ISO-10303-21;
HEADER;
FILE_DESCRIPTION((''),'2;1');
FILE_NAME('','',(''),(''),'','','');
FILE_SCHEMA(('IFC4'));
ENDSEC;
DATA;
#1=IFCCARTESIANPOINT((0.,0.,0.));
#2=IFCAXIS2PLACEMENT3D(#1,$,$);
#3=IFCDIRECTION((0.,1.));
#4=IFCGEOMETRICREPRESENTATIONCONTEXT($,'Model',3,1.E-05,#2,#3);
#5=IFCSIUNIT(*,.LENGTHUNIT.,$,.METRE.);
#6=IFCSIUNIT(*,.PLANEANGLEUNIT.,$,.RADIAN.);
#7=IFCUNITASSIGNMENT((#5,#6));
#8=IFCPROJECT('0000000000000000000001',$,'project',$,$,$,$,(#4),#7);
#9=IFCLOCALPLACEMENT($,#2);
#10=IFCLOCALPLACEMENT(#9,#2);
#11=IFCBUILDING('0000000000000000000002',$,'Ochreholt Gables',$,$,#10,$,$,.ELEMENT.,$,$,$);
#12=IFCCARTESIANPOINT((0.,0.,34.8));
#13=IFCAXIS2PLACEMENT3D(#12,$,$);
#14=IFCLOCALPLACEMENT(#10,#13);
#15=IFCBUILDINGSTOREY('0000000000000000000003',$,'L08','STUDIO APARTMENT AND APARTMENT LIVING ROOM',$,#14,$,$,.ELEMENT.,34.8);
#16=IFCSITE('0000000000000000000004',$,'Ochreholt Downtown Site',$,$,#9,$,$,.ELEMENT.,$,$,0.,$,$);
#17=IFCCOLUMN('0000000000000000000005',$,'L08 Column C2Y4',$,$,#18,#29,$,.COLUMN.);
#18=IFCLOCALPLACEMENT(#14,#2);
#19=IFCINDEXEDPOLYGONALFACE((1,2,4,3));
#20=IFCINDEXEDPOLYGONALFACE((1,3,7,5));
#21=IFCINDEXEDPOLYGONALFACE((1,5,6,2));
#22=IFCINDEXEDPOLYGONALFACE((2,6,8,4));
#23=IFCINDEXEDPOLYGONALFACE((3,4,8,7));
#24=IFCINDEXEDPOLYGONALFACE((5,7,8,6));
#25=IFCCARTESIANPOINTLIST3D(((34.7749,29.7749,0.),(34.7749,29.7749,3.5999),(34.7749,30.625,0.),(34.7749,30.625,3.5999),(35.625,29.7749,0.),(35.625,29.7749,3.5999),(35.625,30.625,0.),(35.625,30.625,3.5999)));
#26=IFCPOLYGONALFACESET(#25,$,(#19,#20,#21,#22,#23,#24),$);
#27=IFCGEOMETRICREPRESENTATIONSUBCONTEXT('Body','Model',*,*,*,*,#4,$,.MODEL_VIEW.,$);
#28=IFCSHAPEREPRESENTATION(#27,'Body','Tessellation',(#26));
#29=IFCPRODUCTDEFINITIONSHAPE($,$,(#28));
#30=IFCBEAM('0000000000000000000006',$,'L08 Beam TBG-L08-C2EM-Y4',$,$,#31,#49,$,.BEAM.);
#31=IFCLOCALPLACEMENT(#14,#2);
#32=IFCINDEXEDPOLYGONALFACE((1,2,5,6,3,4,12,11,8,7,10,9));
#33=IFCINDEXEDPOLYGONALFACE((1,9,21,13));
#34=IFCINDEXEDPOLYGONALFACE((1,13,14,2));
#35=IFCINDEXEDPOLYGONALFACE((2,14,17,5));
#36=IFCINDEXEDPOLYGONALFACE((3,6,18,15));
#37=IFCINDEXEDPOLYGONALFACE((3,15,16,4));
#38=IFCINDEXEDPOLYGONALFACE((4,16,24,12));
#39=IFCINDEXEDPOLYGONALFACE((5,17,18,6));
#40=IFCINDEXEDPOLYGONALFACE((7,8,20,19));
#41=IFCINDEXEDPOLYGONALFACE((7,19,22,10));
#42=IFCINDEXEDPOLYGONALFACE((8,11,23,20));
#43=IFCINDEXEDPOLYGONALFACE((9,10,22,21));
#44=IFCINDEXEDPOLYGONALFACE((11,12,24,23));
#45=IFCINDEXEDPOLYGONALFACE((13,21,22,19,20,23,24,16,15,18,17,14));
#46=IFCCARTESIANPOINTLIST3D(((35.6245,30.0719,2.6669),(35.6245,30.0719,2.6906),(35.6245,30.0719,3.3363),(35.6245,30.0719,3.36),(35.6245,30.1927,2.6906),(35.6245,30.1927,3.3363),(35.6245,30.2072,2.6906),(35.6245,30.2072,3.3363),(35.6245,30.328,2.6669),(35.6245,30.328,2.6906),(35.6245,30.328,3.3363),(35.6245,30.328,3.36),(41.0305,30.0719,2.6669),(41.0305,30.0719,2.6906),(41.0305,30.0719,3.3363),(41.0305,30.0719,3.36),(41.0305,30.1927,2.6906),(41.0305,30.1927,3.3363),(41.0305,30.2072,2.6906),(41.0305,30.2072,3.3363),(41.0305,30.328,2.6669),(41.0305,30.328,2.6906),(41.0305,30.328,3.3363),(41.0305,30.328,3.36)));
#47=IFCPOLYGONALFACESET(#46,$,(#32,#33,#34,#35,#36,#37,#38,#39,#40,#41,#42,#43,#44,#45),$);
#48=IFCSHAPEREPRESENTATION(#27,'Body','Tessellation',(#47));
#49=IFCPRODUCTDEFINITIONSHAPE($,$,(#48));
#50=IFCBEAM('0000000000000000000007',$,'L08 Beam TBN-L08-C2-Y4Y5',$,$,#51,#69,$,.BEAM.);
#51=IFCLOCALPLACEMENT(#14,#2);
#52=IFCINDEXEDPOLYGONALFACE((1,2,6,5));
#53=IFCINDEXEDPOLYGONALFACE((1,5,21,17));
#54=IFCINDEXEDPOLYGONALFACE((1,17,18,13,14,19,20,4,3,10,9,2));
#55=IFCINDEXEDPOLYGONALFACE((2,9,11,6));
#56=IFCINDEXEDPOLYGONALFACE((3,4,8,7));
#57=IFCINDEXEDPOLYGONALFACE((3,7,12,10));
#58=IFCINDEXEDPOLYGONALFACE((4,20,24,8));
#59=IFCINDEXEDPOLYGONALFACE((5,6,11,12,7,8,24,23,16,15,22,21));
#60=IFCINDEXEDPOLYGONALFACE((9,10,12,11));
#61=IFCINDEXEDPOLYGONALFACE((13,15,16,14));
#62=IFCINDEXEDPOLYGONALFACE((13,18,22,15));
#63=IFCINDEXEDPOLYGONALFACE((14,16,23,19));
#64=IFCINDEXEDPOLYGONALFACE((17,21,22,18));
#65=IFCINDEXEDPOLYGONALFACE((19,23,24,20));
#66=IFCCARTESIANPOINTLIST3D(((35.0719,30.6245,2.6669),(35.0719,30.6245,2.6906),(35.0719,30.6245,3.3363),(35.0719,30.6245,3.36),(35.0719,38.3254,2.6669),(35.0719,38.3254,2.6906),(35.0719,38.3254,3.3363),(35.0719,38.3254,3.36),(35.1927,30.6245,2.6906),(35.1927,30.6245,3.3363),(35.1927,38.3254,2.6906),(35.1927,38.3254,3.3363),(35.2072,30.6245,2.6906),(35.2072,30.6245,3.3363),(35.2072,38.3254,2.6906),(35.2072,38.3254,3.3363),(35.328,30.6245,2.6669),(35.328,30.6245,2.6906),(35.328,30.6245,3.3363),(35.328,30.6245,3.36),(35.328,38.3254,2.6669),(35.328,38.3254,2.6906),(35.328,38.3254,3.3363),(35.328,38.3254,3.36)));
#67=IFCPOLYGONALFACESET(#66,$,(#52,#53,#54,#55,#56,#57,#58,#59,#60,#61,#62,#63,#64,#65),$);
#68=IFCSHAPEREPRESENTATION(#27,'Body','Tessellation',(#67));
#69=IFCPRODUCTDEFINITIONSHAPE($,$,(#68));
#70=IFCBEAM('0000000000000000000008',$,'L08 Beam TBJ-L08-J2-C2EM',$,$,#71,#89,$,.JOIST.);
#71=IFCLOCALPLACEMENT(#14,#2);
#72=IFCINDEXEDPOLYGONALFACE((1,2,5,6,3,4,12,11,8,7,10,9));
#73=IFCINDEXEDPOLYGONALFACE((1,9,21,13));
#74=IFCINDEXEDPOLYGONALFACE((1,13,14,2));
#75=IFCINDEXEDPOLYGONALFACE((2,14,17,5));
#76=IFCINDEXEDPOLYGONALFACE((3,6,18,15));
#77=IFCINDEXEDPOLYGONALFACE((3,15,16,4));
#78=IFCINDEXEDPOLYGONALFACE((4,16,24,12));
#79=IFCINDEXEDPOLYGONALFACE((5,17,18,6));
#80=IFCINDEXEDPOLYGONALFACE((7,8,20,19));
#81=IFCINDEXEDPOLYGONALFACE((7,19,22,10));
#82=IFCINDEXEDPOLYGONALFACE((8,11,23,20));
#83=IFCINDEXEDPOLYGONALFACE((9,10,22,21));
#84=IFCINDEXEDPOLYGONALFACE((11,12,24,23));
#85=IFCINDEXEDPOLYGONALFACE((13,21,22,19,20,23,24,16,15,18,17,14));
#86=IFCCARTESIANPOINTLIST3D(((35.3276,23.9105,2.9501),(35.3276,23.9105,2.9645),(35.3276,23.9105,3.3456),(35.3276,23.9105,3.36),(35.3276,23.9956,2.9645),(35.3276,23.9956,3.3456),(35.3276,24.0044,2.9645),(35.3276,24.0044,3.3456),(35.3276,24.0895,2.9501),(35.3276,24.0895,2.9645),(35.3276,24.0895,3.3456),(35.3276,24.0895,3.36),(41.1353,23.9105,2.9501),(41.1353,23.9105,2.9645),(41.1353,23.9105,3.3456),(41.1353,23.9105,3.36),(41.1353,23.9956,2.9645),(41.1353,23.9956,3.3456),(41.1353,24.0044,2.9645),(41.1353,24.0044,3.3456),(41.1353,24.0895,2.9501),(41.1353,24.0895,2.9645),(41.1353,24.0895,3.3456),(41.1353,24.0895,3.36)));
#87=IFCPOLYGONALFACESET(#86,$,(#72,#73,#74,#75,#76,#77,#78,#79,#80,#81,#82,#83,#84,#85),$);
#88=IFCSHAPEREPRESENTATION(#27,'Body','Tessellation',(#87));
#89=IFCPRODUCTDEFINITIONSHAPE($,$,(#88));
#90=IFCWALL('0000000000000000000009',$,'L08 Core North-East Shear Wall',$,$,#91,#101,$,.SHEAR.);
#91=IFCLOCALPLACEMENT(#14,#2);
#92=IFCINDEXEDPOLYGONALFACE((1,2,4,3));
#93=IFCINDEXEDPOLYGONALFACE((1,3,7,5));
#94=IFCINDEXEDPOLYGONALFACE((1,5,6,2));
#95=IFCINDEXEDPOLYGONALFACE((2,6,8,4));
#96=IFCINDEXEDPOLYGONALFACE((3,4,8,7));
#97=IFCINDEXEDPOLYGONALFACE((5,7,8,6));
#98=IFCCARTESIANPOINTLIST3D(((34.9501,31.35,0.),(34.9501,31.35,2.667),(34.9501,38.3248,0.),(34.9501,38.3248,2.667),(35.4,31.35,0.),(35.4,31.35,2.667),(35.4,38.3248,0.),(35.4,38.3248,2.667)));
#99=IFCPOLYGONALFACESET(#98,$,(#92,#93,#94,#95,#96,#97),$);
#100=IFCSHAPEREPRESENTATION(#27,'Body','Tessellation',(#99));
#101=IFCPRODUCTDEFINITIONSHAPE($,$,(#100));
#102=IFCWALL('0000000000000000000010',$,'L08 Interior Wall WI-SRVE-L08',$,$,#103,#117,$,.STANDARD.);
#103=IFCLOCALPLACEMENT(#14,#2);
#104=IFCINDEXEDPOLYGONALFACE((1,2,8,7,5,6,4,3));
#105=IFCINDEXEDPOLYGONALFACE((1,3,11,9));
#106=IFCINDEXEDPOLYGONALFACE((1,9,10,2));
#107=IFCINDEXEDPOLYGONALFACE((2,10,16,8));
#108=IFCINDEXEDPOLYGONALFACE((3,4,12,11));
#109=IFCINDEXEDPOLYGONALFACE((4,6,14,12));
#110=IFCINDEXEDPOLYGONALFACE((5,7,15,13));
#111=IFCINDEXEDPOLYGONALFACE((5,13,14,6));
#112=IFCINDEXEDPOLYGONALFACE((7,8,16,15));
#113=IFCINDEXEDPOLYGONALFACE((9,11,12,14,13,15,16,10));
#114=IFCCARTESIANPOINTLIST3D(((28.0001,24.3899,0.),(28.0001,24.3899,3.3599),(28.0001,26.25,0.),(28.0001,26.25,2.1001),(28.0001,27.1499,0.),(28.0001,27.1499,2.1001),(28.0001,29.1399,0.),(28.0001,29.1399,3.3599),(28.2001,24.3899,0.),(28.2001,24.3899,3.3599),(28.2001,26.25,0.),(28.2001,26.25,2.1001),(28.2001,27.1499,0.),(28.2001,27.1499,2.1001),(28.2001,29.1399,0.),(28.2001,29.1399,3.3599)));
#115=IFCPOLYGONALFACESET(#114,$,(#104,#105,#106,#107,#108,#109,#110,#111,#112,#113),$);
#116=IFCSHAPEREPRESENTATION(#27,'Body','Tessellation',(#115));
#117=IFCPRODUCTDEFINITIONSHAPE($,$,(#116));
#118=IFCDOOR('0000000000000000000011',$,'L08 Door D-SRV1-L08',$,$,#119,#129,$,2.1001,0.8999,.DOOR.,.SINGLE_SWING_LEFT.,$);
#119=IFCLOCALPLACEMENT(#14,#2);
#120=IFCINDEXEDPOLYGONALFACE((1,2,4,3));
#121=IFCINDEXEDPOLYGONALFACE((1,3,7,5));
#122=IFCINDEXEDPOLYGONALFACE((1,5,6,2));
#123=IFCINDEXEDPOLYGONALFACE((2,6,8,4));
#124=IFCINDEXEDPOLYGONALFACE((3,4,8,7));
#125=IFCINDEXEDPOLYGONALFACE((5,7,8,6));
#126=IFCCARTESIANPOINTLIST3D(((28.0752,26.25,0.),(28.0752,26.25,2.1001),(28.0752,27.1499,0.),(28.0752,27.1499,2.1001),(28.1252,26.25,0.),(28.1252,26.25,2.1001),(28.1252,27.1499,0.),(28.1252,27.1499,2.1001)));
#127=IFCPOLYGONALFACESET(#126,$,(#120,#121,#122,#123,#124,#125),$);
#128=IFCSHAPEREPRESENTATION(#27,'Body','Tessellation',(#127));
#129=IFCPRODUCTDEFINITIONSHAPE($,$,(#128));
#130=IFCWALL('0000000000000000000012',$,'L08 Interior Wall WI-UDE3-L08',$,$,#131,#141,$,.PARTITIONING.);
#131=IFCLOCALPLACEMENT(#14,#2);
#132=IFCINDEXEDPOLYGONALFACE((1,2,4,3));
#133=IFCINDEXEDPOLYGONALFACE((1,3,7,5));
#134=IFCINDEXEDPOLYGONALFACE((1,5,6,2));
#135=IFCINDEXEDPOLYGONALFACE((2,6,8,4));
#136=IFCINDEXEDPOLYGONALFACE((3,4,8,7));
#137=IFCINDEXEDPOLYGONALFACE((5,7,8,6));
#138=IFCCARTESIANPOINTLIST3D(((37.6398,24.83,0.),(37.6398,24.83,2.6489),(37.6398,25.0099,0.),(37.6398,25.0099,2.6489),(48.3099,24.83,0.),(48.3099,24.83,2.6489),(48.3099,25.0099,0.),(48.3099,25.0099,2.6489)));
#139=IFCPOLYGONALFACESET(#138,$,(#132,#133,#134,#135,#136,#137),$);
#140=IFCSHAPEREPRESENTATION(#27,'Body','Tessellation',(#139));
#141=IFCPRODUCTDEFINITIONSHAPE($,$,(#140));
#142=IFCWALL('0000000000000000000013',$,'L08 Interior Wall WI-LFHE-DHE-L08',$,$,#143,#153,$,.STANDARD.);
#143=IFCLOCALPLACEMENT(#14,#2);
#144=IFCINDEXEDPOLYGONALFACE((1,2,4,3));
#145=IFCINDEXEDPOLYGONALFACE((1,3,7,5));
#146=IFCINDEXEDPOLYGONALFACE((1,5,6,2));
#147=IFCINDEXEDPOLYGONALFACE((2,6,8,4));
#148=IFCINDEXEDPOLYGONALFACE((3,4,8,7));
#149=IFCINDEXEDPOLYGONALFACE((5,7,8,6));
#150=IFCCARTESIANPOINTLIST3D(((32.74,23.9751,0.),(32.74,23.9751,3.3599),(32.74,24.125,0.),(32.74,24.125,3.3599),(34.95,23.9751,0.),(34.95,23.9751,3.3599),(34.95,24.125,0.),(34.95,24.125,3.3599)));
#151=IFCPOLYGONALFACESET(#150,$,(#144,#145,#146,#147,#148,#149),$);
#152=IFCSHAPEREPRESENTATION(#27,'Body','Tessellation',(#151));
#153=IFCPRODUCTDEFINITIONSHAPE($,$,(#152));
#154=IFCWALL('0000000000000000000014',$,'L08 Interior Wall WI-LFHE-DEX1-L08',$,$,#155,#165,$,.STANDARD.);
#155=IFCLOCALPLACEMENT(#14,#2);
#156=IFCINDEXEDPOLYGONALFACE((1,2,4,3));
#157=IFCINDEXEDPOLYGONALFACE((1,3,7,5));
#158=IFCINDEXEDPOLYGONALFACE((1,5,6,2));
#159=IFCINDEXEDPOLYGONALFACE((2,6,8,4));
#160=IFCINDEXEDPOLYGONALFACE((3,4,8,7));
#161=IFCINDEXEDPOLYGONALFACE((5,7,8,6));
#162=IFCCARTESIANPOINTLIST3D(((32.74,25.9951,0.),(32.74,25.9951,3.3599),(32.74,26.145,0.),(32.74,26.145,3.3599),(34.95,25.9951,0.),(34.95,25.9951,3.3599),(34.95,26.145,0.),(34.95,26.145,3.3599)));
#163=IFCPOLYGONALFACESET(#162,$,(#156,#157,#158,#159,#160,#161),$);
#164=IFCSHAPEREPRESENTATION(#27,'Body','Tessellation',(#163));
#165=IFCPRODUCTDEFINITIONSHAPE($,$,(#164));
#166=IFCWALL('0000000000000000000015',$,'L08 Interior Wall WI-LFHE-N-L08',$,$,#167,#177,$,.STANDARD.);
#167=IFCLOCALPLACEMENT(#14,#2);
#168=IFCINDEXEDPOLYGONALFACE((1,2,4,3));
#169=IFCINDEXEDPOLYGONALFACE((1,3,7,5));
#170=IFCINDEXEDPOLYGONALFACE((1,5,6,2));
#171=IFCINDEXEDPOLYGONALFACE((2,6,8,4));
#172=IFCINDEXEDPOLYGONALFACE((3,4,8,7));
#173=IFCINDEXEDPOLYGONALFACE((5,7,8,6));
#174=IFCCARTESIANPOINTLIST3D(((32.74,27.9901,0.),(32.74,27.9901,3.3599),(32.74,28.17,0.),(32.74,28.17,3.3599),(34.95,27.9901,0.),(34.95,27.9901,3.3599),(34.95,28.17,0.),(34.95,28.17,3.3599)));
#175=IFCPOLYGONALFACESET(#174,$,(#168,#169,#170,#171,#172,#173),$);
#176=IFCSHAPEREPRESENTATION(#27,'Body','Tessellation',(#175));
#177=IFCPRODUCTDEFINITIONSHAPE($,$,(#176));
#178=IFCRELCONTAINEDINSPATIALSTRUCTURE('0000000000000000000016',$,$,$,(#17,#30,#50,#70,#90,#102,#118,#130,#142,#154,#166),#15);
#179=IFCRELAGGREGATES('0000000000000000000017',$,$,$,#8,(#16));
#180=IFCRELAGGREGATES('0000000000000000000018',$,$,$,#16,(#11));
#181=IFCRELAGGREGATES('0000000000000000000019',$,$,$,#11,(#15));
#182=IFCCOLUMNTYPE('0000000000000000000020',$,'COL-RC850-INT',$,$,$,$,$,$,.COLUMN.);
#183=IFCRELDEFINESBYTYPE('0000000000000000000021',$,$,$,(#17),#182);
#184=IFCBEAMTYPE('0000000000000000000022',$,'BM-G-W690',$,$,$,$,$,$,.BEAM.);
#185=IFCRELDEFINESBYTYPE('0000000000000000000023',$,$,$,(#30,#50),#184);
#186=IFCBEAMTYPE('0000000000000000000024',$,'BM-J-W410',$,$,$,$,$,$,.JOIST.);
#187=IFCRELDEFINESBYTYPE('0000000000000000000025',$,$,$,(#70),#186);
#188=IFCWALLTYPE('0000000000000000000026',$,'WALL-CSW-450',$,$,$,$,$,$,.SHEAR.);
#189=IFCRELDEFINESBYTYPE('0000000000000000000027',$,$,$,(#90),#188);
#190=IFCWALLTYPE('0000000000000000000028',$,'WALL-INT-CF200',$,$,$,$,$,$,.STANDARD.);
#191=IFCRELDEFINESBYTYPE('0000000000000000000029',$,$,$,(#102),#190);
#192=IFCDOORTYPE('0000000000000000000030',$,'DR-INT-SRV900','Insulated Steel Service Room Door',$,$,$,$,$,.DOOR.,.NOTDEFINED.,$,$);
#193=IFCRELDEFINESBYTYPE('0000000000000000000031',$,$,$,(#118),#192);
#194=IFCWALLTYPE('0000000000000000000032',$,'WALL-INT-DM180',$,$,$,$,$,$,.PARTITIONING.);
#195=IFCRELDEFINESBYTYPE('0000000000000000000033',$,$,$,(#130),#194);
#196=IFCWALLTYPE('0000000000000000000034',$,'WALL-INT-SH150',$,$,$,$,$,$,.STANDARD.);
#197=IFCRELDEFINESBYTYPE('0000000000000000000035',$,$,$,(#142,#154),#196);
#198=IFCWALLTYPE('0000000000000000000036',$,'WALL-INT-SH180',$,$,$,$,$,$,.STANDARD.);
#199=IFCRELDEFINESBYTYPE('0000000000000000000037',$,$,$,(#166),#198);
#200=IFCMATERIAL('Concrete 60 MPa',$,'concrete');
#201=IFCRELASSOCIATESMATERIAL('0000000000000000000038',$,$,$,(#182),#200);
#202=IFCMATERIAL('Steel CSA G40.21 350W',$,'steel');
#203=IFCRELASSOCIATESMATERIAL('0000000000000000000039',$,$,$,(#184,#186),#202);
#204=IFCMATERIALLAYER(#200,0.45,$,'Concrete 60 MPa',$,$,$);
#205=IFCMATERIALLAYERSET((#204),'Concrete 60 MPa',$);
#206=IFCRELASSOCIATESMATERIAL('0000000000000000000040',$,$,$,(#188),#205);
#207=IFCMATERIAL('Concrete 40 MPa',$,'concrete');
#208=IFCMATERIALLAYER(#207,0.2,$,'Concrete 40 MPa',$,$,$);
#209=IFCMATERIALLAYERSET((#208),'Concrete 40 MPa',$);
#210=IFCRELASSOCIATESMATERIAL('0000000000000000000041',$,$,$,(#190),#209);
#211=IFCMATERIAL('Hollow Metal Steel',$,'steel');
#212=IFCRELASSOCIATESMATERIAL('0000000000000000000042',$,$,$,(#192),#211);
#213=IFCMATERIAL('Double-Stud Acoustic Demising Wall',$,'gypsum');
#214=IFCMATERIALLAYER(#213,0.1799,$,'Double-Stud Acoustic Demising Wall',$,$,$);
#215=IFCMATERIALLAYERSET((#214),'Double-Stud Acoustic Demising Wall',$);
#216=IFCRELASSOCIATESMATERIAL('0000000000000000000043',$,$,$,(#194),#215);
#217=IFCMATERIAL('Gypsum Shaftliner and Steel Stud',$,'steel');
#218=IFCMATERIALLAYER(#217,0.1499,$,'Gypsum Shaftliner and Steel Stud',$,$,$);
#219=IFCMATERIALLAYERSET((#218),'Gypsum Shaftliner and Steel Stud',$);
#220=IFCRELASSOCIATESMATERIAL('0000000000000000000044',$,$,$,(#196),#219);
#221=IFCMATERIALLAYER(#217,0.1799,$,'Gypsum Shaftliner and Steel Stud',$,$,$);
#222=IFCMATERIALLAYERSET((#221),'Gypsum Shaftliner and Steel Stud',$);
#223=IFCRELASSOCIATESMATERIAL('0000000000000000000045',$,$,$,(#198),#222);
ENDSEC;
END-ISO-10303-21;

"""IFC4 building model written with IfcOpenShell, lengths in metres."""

from ifc_helpers import new_model, si_unit, direction, frame, frame_2d, origin, origin_2d, place, context, subcontext, project, spatial, rectangle, i_section, extrude, material, layer, layer_set, material_profile, profile_set, type_object, element, fill, save


model = new_model("IFC4")

# Units and contexts
model_context = context("Model", 3, precision=1e-05, world=origin(), true_north=direction((0.0, 1.0)))
body_context = subcontext(model_context, "Body", "Model", "MODEL_VIEW")
ifc_project = project(units=[si_unit("LENGTHUNIT", "METRE"), si_unit("PLANEANGLEUNIT", "RADIAN")], contexts=[model_context])

# Site, building, storey
site_placement = place(None, origin())
site = spatial("IfcSite", under=ifc_project, at=site_placement, Name="Ochreholt Downtown Site", CompositionType="ELEMENT", RefElevation=0.0)
building_placement = place(site_placement, origin())
building = spatial("IfcBuilding", under=site, at=building_placement, Name="Ochreholt Gables", CompositionType="ELEMENT")
storey_placement = place(building_placement, frame((0.0, 0.0, 34.8)))
storey = spatial("IfcBuildingStorey", under=building, at=storey_placement, Name="L08", Description="STUDIO APARTMENT AND APARTMENT LIVING ROOM", CompositionType="ELEMENT", Elevation=34.8)

# Column
ifc_material_1 = material(Name="Concrete 60 MPa", Category="concrete")
ifc_material_profile_1 = material_profile(ifc_material_1, rectangle(XDim=0.8501, YDim=0.8501, at=origin_2d()), Name="RC850X850")
ifc_profile_set_1 = profile_set([ifc_material_profile_1], Name="Concrete 60 MPa")
column_type = type_object("IfcColumnType", Name="COL-RC850-INT", PredefinedType="COLUMN", material=ifc_profile_set_1)
column_placement = place(storey_placement, frame((35.2, 30.2, 0.0), z_axis=(0.0, 0.0, 1.0), x_axis=(1.0, 0.0, 0.0)))
element("IfcColumn", 1, at=column_placement, inside=storey, type_object=column_type, Name="L08 Column C2Y4", PredefinedType="COLUMN", context=body_context, shape_type="SweptSolid", body=[
    extrude(rectangle(XDim=0.8501, YDim=0.8501, at=origin_2d()), origin(), (0.0, 0.0, 1.0), 3.5999),
])

# Beams
ifc_material_2 = material(Name="Steel CSA G40.21 350W", Category="steel")
ifc_material_profile_2 = material_profile(ifc_material_2, i_section(OverallWidth=0.2561, OverallDepth=0.6931, WebThickness=0.0144, FlangeThickness=0.0237, at=origin_2d()), Name="W690X170")
ifc_profile_set_2 = profile_set([ifc_material_profile_2], Name="Steel CSA G40.21 350W")
beam_type_1 = type_object("IfcBeamType", Name="BM-G-W690", PredefinedType="BEAM", material=ifc_profile_set_2)
beam_1_placement = place(storey_placement, frame((35.6245, 30.2, 3.0134), z_axis=(1.0, 0.0, 0.0), x_axis=(0.0, 1.0, 0.0)))
element("IfcBeam", 2, at=beam_1_placement, inside=storey, type_object=beam_type_1, Name="L08 Beam TBG-L08-C2EM-Y4", PredefinedType="BEAM", context=body_context, shape_type="SweptSolid", body=[
    extrude(i_section(OverallWidth=0.2561, OverallDepth=0.6931, WebThickness=0.0144, FlangeThickness=0.0237, at=origin_2d()), origin(), (0.0, 0.0, 1.0), 5.406),
])
beam_2_placement = place(storey_placement, frame((35.2, 30.6245, 3.0134), z_axis=(0.0, 1.0, 0.0), x_axis=(-1.0, 0.0, 0.0)))
element("IfcBeam", 3, at=beam_2_placement, inside=storey, type_object=beam_type_1, Name="L08 Beam TBN-L08-C2-Y4Y5", PredefinedType="BEAM", context=body_context, shape_type="SweptSolid", body=[
    extrude(i_section(OverallWidth=0.2561, OverallDepth=0.6931, WebThickness=0.0144, FlangeThickness=0.0237, at=origin_2d()), origin(), (0.0, 0.0, 1.0), 7.7009),
])
ifc_material_profile_3 = material_profile(ifc_material_2, i_section(OverallWidth=0.179, OverallDepth=0.4099, WebThickness=0.0088, FlangeThickness=0.0144, at=origin_2d()), Name="W410X67")
ifc_profile_set_3 = profile_set([ifc_material_profile_3], Name="Steel CSA G40.21 350W")
beam_type_2 = type_object("IfcBeamType", Name="BM-J-W410", PredefinedType="JOIST", material=ifc_profile_set_3)
beam_3_placement = place(storey_placement, frame((35.3276, 24.0, 3.155), z_axis=(1.0, 0.0, 0.0), x_axis=(0.0, 1.0, 0.0)))
element("IfcBeam", 4, at=beam_3_placement, inside=storey, type_object=beam_type_2, Name="L08 Beam TBJ-L08-J2-C2EM", PredefinedType="JOIST", context=body_context, shape_type="SweptSolid", body=[
    extrude(i_section(OverallWidth=0.179, OverallDepth=0.4099, WebThickness=0.0088, FlangeThickness=0.0144, at=origin_2d()), origin(), (0.0, 0.0, 1.0), 5.8076),
])

# Wall
ifc_layer_1 = layer(ifc_material_1, 0.45, Name="Concrete 60 MPa")
ifc_layer_set_1 = layer_set([ifc_layer_1], Name="Concrete 60 MPa")
wall_type_1 = type_object("IfcWallType", Name="WALL-CSW-450", PredefinedType="SHEAR", material=ifc_layer_set_1)
wall_1_placement = place(storey_placement, frame((35.175, 31.3501, 0.0), z_axis=(0.0, 0.0, 1.0), x_axis=(0.0, 1.0, 0.0)))
element("IfcWall", 5, at=wall_1_placement, inside=storey, type_object=wall_type_1, Name="L08 Core North-East Shear Wall", PredefinedType="SHEAR", context=body_context, shape_type="SweptSolid", body=[
    extrude(rectangle(XDim=6.9749, YDim=0.45, at=frame_2d((3.4873, 0.0))), origin(), (0.0, 0.0, 1.0), 2.667),
])

# Wall, opening, door
ifc_material_3 = material(Name="Concrete 40 MPa", Category="concrete")
ifc_layer_2 = layer(ifc_material_3, 0.2, Name="Concrete 40 MPa")
ifc_layer_set_2 = layer_set([ifc_layer_2], Name="Concrete 40 MPa")
wall_type_2 = type_object("IfcWallType", Name="WALL-INT-CF200", PredefinedType="STANDARD", material=ifc_layer_set_2)
wall_2_placement = place(storey_placement, frame((28.1001, 24.3899, 0.0), z_axis=(0.0, 0.0, 1.0), x_axis=(0.0, 1.0, 0.0)))
wall_2 = element("IfcWall", 6, at=wall_2_placement, inside=storey, type_object=wall_type_2, Name="L08 Interior Wall WI-SRVE-L08", PredefinedType="STANDARD", context=body_context, shape_type="SweptSolid", body=[
    extrude(rectangle(XDim=4.75, YDim=0.2, at=frame_2d((2.375, 0.0))), origin(), (0.0, 0.0, 1.0), 3.3599),
])
opening_placement = place(wall_2_placement, frame((1.8601, 0.0, 0.0)))
opening = element("IfcOpeningElement", 7, at=opening_placement, cuts=wall_2, PredefinedType="OPENING", context=body_context, shape_type="SweptSolid", body=[
    extrude(rectangle(XDim=0.8999, YDim=2.1001, at=frame_2d((0.45, 1.05))), frame((0.0, 0.1099, 0.0), z_axis=(0.0, -1.0, 0.0), x_axis=(1.0, 0.0, 0.0)), (0.0, 0.0, 1.0), 0.22),
])
ifc_material_4 = material(Name="Hollow Metal Steel", Category="steel")
door_type = type_object("IfcDoorType", Name="DR-INT-SRV900", Description="Insulated Steel Service Room Door", OperationType="NOTDEFINED", PredefinedType="DOOR", material=ifc_material_4)
door_placement = place(opening_placement, origin())
door = element("IfcDoor", 8, at=door_placement, inside=storey, type_object=door_type, Name="L08 Door D-SRV1-L08", OperationType="SINGLE_SWING_LEFT", OverallHeight=2.1001, OverallWidth=0.8999, PredefinedType="DOOR", context=body_context, shape_type="SweptSolid", body=[
    extrude(rectangle(XDim=0.8999, YDim=2.1001, at=frame_2d((0.45, 1.05))), frame((0.0, 0.0249, 0.0), z_axis=(0.0, -1.0, 0.0), x_axis=(1.0, 0.0, 0.0)), (0.0, 0.0, 1.0), 0.05),
])
fill(opening, door)

# Walls
ifc_material_5 = material(Name="Double-Stud Acoustic Demising Wall", Category="gypsum")
ifc_layer_3 = layer(ifc_material_5, 0.1799, Name="Double-Stud Acoustic Demising Wall")
ifc_layer_set_3 = layer_set([ifc_layer_3], Name="Double-Stud Acoustic Demising Wall")
wall_type_3 = type_object("IfcWallType", Name="WALL-INT-DM180", PredefinedType="PARTITIONING", material=ifc_layer_set_3)
wall_3_placement = place(storey_placement, frame((37.6399, 24.9199, 0.0), z_axis=(0.0, 0.0, 1.0), x_axis=(1.0, 0.0, 0.0)))
element("IfcWall", 9, at=wall_3_placement, inside=storey, type_object=wall_type_3, Name="L08 Interior Wall WI-UDE3-L08", PredefinedType="PARTITIONING", context=body_context, shape_type="SweptSolid", body=[
    extrude(rectangle(XDim=10.6702, YDim=0.1799, at=frame_2d((5.335, 0.0))), origin(), (0.0, 0.0, 1.0), 2.6489),
])
ifc_material_6 = material(Name="Gypsum Shaftliner and Steel Stud", Category="steel")
ifc_layer_4 = layer(ifc_material_6, 0.1499, Name="Gypsum Shaftliner and Steel Stud")
ifc_layer_set_4 = layer_set([ifc_layer_4], Name="Gypsum Shaftliner and Steel Stud")
wall_type_4 = type_object("IfcWallType", Name="WALL-INT-SH150", PredefinedType="STANDARD", material=ifc_layer_set_4)
for number, where, z_axis, x_axis, name in (
    (10, (32.74, 24.05, 0.0), (0.0, 0.0, 1.0), (1.0, 0.0, 0.0), "L08 Interior Wall WI-LFHE-DHE-L08"),
    (11, (32.74, 26.0701, 0.0), (0.0, 0.0, 1.0), (1.0, 0.0, 0.0), "L08 Interior Wall WI-LFHE-DEX1-L08"),
):
    element("IfcWall", number, at=place(storey_placement, frame(where, z_axis=z_axis, x_axis=x_axis)), inside=storey, type_object=wall_type_4, Name=name, PredefinedType="STANDARD", context=body_context, shape_type="SweptSolid", body=[
        extrude(rectangle(XDim=2.21, YDim=0.1499, at=frame_2d((1.105, 0.0))), origin(), (0.0, 0.0, 1.0), 3.3599),
    ])
ifc_layer_5 = layer(ifc_material_6, 0.1799, Name="Gypsum Shaftliner and Steel Stud")
ifc_layer_set_5 = layer_set([ifc_layer_5], Name="Gypsum Shaftliner and Steel Stud")
wall_type_5 = type_object("IfcWallType", Name="WALL-INT-SH180", PredefinedType="STANDARD", material=ifc_layer_set_5)
wall_4_placement = place(storey_placement, frame((32.74, 28.0801, 0.0), z_axis=(0.0, 0.0, 1.0), x_axis=(1.0, 0.0, 0.0)))
element("IfcWall", 12, at=wall_4_placement, inside=storey, type_object=wall_type_5, Name="L08 Interior Wall WI-LFHE-N-L08", PredefinedType="STANDARD", context=body_context, shape_type="SweptSolid", body=[
    extrude(rectangle(XDim=2.21, YDim=0.1799, at=frame_2d((1.105, 0.0))), origin(), (0.0, 0.0, 1.0), 3.3599),
])

save(model, "model.ifc")
